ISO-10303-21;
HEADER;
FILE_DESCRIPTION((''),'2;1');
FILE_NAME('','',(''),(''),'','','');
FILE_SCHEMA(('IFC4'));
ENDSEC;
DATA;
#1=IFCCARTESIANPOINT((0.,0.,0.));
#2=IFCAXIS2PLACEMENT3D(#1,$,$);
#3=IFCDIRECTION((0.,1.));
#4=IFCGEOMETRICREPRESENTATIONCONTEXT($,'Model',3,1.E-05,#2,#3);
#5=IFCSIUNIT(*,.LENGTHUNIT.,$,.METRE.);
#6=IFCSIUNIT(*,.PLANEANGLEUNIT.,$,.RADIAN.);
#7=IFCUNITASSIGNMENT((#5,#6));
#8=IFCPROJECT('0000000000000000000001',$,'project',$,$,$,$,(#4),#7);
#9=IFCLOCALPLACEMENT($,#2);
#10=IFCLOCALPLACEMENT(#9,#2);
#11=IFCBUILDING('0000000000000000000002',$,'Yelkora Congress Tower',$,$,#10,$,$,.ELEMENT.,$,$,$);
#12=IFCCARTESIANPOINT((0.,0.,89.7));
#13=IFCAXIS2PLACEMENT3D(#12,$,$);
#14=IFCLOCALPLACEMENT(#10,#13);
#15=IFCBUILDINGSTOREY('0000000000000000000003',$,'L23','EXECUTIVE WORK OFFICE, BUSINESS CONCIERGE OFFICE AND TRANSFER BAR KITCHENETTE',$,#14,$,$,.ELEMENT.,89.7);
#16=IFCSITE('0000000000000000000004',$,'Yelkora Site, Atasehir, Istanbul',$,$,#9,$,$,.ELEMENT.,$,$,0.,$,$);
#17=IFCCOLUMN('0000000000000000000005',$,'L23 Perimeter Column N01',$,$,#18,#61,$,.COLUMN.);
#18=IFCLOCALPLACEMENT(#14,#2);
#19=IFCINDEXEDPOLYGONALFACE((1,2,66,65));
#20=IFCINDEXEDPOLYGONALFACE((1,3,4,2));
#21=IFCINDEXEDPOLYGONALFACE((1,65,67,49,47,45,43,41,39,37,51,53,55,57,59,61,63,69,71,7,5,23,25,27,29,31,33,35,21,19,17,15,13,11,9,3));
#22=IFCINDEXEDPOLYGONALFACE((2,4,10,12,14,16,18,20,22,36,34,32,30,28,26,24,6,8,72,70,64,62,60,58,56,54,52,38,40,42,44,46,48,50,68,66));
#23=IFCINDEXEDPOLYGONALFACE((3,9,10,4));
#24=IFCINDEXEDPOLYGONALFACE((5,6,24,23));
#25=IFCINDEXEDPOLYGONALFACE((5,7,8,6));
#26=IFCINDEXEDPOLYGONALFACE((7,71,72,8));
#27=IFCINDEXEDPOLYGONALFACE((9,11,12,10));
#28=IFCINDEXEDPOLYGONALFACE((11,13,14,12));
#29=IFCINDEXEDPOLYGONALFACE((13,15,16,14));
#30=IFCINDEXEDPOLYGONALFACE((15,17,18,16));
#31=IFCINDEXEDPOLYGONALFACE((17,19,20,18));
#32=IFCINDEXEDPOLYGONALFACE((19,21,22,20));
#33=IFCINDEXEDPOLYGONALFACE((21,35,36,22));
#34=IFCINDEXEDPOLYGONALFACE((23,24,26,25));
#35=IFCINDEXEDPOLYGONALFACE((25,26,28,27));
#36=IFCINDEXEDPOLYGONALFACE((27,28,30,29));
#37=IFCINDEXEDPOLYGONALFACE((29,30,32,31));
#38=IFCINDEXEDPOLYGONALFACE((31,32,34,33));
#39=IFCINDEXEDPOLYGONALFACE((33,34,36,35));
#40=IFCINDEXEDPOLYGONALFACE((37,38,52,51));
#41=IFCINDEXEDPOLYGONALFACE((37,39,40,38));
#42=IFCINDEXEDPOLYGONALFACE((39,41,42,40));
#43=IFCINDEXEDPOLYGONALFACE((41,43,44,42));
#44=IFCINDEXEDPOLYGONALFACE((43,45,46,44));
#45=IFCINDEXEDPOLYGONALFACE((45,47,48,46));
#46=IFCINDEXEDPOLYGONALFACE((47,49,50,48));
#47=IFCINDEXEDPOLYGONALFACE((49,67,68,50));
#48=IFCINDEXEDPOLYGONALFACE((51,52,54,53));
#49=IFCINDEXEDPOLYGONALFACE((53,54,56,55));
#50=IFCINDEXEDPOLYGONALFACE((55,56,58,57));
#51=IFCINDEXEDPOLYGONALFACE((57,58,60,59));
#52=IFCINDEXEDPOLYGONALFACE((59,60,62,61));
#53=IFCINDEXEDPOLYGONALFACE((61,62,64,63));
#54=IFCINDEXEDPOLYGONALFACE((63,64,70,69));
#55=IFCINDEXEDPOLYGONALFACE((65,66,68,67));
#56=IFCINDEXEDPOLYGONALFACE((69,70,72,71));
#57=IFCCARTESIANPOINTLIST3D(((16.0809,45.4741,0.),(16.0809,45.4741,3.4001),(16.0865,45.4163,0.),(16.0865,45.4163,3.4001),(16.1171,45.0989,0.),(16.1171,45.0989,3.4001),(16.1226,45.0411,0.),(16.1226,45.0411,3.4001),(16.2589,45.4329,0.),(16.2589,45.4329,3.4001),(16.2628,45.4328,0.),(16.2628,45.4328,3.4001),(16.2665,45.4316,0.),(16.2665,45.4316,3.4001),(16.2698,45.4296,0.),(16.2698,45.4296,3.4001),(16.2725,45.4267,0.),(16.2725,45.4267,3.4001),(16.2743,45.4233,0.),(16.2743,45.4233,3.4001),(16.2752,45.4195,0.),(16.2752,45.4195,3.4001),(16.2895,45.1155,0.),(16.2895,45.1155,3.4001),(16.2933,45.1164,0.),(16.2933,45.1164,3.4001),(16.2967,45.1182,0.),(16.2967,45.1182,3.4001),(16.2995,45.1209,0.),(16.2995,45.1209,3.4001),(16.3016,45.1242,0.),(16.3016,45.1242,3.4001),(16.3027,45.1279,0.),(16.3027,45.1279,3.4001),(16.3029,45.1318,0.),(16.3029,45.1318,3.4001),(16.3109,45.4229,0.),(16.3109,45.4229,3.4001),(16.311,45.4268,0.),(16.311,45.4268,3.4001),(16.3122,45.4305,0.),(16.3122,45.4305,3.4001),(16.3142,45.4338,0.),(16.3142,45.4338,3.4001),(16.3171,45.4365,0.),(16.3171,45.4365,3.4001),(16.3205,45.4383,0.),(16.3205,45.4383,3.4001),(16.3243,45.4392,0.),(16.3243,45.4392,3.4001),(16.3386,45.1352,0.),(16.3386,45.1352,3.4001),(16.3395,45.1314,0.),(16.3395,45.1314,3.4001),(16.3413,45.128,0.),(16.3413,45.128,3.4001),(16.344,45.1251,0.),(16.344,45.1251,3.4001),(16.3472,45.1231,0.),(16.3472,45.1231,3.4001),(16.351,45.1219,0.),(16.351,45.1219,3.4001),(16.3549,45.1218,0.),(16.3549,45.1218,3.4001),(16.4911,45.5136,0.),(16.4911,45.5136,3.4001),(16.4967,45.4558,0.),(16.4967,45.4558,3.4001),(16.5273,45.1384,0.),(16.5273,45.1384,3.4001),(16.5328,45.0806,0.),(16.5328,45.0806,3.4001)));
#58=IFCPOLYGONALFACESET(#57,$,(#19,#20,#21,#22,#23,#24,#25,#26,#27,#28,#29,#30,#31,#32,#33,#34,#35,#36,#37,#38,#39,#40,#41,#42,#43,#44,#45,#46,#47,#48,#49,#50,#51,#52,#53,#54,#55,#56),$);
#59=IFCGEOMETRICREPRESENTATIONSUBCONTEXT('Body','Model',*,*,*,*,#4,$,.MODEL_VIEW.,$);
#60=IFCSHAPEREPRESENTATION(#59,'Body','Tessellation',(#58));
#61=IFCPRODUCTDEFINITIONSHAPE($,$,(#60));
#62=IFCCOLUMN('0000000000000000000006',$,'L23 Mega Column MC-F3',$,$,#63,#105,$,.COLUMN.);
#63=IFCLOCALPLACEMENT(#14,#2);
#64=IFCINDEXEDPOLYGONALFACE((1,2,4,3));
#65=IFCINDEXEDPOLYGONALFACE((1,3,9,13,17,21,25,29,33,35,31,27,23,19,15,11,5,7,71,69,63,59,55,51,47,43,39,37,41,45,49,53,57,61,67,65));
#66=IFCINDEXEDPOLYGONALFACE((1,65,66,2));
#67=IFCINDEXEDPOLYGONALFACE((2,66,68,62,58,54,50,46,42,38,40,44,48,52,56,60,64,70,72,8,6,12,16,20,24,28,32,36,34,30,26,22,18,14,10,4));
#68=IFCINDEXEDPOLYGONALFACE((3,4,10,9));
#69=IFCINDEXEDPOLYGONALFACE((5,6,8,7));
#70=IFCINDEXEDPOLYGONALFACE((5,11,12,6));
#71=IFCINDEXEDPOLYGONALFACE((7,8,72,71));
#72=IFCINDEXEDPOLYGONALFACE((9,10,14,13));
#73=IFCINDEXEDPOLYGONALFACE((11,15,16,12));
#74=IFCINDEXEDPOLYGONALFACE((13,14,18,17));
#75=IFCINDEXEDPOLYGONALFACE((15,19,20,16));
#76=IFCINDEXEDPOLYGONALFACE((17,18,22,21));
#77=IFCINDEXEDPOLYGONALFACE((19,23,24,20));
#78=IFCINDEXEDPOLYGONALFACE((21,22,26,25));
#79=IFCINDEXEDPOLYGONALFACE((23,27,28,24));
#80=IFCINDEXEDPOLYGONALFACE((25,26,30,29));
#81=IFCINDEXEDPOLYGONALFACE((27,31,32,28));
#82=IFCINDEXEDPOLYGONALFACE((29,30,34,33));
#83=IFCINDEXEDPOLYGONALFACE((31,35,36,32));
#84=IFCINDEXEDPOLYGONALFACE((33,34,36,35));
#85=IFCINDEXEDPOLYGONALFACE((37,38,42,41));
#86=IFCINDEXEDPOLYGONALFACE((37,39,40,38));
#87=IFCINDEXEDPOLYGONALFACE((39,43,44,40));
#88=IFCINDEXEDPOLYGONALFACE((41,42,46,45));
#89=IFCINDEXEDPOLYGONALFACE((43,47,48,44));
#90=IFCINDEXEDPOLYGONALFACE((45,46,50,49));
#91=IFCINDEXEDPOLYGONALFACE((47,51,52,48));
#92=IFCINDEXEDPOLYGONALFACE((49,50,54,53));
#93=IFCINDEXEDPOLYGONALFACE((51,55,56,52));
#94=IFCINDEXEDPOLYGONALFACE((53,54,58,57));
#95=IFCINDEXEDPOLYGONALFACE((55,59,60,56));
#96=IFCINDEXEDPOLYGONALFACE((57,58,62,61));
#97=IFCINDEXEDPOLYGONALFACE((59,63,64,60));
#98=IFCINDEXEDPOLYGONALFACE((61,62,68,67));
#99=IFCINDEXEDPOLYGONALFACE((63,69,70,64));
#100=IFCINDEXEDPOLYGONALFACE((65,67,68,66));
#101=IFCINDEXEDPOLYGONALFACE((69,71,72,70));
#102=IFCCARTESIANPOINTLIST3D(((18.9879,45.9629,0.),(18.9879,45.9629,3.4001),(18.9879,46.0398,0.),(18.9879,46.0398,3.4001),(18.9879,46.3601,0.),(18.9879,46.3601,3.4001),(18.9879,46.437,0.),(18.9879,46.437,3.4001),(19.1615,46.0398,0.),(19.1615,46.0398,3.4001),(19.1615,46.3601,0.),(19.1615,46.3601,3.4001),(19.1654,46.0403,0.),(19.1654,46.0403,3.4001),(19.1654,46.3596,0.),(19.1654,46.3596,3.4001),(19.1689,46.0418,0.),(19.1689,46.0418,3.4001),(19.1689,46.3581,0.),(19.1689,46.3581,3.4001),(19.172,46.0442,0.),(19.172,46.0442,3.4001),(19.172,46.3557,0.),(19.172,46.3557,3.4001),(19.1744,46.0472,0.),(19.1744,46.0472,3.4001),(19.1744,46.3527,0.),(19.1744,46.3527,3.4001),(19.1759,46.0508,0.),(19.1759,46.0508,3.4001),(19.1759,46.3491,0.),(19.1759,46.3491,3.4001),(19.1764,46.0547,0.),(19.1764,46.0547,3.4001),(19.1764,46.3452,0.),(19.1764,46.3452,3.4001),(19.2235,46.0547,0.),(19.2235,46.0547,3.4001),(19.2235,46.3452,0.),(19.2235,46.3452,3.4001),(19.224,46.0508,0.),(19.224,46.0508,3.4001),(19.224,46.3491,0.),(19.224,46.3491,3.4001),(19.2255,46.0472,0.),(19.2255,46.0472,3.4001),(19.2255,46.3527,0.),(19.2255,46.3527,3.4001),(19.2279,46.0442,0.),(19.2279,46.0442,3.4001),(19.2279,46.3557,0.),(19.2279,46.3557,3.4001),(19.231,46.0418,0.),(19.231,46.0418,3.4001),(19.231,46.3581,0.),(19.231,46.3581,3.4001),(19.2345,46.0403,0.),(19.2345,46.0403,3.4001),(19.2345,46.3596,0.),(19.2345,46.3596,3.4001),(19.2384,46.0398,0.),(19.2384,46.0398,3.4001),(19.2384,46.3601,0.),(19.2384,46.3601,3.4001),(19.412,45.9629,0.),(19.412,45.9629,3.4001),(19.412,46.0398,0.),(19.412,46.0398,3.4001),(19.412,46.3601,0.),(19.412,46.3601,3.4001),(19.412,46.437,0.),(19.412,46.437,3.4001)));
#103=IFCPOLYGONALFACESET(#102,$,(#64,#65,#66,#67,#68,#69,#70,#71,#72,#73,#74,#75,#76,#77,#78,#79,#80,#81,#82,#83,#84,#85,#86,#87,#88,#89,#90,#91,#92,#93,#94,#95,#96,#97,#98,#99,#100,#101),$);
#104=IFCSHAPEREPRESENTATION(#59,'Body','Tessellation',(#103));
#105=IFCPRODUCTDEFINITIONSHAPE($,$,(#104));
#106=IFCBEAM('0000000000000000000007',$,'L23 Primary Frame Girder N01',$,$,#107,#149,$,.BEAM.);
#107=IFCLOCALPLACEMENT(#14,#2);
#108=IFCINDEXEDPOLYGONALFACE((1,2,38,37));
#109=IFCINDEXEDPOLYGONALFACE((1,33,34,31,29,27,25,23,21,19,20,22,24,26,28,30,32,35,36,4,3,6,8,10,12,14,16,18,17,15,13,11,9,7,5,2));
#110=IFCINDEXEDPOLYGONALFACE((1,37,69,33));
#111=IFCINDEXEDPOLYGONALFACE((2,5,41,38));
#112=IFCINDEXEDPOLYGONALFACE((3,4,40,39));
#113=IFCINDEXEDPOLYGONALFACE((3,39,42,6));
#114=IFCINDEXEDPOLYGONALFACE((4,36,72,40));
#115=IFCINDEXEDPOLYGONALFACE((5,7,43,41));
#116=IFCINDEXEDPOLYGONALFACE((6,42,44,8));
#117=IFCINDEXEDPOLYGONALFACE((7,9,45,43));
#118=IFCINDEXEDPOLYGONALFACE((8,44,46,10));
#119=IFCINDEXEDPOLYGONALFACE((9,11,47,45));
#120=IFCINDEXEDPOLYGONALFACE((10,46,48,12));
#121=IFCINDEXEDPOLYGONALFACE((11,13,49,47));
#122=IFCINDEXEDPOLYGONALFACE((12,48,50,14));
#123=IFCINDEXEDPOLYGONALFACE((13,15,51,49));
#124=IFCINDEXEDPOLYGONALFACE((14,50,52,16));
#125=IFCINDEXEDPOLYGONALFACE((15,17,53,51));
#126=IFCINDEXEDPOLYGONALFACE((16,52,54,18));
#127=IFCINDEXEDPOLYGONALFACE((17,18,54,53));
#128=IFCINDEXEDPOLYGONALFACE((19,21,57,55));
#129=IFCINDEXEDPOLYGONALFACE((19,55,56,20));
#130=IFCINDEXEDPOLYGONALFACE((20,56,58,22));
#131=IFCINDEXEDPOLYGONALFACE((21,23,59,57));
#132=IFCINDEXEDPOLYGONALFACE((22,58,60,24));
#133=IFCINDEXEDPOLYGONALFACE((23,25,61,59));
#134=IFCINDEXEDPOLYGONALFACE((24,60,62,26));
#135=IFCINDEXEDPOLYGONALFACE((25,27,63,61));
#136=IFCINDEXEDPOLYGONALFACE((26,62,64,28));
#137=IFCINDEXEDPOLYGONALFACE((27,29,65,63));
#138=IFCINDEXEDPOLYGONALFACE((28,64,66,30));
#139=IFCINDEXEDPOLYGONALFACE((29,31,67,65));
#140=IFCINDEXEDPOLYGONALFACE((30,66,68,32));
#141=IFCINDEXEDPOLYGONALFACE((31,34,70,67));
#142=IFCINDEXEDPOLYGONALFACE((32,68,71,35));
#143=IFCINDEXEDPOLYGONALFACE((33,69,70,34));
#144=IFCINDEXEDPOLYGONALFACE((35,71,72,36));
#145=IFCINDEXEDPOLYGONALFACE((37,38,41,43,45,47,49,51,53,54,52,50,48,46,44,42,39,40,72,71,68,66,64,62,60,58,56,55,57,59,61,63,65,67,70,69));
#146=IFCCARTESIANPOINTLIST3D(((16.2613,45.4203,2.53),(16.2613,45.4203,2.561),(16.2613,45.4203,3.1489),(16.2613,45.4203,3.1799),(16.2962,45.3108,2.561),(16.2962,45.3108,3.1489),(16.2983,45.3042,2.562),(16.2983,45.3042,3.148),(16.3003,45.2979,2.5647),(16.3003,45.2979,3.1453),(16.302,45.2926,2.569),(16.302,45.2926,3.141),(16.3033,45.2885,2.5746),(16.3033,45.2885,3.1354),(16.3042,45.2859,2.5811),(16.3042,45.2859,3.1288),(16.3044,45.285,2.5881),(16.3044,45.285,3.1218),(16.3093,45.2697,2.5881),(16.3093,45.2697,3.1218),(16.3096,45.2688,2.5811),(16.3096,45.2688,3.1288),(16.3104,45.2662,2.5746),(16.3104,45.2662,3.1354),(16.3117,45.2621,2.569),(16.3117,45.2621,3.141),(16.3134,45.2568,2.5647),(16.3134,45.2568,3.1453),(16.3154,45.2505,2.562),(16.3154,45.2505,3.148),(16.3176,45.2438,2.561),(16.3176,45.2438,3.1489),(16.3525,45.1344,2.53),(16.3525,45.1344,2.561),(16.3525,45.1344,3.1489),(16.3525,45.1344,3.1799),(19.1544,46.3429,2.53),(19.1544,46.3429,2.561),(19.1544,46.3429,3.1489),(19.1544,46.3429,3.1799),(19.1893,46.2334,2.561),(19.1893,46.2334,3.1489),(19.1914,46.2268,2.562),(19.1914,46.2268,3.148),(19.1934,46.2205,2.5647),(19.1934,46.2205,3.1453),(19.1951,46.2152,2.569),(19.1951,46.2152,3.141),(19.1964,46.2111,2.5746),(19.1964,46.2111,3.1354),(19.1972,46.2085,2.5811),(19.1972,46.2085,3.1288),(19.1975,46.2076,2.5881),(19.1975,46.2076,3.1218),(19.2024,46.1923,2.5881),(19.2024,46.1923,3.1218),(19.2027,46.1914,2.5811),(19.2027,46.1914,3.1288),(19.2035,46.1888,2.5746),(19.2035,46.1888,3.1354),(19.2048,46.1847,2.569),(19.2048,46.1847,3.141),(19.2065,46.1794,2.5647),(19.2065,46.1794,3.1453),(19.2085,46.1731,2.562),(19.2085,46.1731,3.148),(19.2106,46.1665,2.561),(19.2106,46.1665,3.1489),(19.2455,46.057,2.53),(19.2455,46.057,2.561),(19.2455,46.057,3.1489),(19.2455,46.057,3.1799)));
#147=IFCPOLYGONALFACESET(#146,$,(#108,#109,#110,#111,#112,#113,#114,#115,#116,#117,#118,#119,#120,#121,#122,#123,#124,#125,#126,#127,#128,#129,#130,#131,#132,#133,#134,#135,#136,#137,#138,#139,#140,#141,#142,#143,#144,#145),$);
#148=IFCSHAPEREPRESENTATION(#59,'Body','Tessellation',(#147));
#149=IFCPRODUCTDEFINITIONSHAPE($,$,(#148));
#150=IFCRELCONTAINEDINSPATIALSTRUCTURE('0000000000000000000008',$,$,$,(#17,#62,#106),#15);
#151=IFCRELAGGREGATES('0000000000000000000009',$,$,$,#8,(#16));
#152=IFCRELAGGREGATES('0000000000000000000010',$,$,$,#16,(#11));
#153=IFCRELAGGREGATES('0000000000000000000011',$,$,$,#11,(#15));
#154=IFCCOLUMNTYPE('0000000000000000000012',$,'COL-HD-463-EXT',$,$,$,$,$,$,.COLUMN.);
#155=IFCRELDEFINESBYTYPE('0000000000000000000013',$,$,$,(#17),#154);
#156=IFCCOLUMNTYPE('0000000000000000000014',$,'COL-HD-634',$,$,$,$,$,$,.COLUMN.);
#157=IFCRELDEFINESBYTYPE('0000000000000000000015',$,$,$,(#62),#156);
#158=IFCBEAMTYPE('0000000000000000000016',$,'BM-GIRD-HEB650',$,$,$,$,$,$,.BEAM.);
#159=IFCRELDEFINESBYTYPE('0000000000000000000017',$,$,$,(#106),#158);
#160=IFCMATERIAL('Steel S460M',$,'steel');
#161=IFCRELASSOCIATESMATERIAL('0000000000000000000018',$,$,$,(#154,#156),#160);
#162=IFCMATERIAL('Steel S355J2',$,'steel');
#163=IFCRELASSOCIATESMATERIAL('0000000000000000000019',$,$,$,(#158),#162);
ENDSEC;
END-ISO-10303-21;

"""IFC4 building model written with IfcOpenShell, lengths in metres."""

from ifc_helpers import new_model, si_unit, direction, frame, origin, origin_2d, place, context, subcontext, project, spatial, i_section, extrude, material, material_profile, profile_set, type_object, element, save


model = new_model("IFC4")

# Units and contexts
model_context = context("Model", 3, precision=1e-05, world=origin(), true_north=direction((0.0, 1.0)))
body_context = subcontext(model_context, "Body", "Model", "MODEL_VIEW")
ifc_project = project(units=[si_unit("LENGTHUNIT", "METRE"), si_unit("PLANEANGLEUNIT", "RADIAN")], contexts=[model_context])

# Site, building, storey
site_placement = place(None, origin())
site = spatial("IfcSite", under=ifc_project, at=site_placement, Name="Yelkora Site, Atasehir, Istanbul", CompositionType="ELEMENT", RefElevation=0.0)
building_placement = place(site_placement, origin())
building = spatial("IfcBuilding", under=site, at=building_placement, Name="Yelkora Congress Tower", CompositionType="ELEMENT")
storey_placement = place(building_placement, frame((0.0, 0.0, 89.7)))
storey = spatial("IfcBuildingStorey", under=building, at=storey_placement, Name="L23", Description="EXECUTIVE WORK OFFICE, BUSINESS CONCIERGE OFFICE AND TRANSFER BAR KITCHENETTE", CompositionType="ELEMENT", Elevation=89.7)

# Columns
ifc_material_1 = material(Name="Steel S460M", Category="steel")
ifc_material_profile_1 = material_profile(ifc_material_1, i_section(OverallWidth=0.4121, OverallDepth=0.4351, WebThickness=0.0359, FlangeThickness=0.0581, FilletRadius=0.0149, at=origin_2d()), Name="HD 400x463")
ifc_profile_set_1 = profile_set([ifc_material_profile_1], Name="Steel S460M")
column_type_1 = type_object("IfcColumnType", Name="COL-HD-463-EXT", PredefinedType="COLUMN", material=ifc_profile_set_1)
column_1_placement = place(storey_placement, frame((16.3069, 45.2773, 0.0), z_axis=(0.0, 0.0, 1.0), x_axis=(0.995396, 0.095846, 0.0)))
element("IfcColumn", 1, at=column_1_placement, inside=storey, type_object=column_type_1, Name="L23 Perimeter Column N01", PredefinedType="COLUMN", context=body_context, shape_type="SweptSolid", body=[
    extrude(i_section(OverallWidth=0.4121, OverallDepth=0.4351, WebThickness=0.0359, FlangeThickness=0.0581, FilletRadius=0.0149, at=origin_2d()), origin(), (0.0, 0.0, 1.0), 3.4001),
])
ifc_material_profile_2 = material_profile(ifc_material_1, i_section(OverallWidth=0.4241, OverallDepth=0.4741, WebThickness=0.0471, FlangeThickness=0.0769, FilletRadius=0.0149, at=origin_2d()), Name="HD 400x634")
ifc_profile_set_2 = profile_set([ifc_material_profile_2], Name="Steel S460M")
column_type_2 = type_object("IfcColumnType", Name="COL-HD-634", PredefinedType="COLUMN", material=ifc_profile_set_2)
column_2_placement = place(storey_placement, frame((19.2, 46.2, 0.0), z_axis=(0.0, 0.0, 1.0), x_axis=(1.0, 0.0, 0.0)))
element("IfcColumn", 2, at=column_2_placement, inside=storey, type_object=column_type_2, Name="L23 Mega Column MC-F3", PredefinedType="COLUMN", context=body_context, shape_type="SweptSolid", body=[
    extrude(i_section(OverallWidth=0.4241, OverallDepth=0.4741, WebThickness=0.0471, FlangeThickness=0.0769, FilletRadius=0.0149, at=origin_2d()), origin(), (0.0, 0.0, 1.0), 3.4001),
])

# Beam
ifc_material_2 = material(Name="Steel S355J2", Category="steel")
ifc_material_profile_3 = material_profile(ifc_material_2, i_section(OverallWidth=0.3, OverallDepth=0.6499, WebThickness=0.0161, FlangeThickness=0.031, FilletRadius=0.0271, at=origin_2d()), Name="HEB 650")
ifc_profile_set_3 = profile_set([ifc_material_profile_3], Name="Steel S355J2")
beam_type_1 = type_object("IfcBeamType", Name="BM-GIRD-HEB650", PredefinedType="BEAM", material=ifc_profile_set_3)
beam_1_placement = place(storey_placement, frame((16.3069, 45.2773, 2.855), z_axis=(0.952727, 0.303827, 0.0), x_axis=(-0.303827, 0.952727, 0.0)))
element("IfcBeam", 3, at=beam_1_placement, inside=storey, type_object=beam_type_1, Name="L23 Primary Frame Girder N01", PredefinedType="BEAM", context=body_context, shape_type="SweptSolid", body=[
    extrude(i_section(OverallWidth=0.3, OverallDepth=0.6499, WebThickness=0.0161, FlangeThickness=0.031, FilletRadius=0.0271, at=origin_2d()), origin(), (0.0, 0.0, 1.0), 3.0366),
])

save(model, "model.ifc")
